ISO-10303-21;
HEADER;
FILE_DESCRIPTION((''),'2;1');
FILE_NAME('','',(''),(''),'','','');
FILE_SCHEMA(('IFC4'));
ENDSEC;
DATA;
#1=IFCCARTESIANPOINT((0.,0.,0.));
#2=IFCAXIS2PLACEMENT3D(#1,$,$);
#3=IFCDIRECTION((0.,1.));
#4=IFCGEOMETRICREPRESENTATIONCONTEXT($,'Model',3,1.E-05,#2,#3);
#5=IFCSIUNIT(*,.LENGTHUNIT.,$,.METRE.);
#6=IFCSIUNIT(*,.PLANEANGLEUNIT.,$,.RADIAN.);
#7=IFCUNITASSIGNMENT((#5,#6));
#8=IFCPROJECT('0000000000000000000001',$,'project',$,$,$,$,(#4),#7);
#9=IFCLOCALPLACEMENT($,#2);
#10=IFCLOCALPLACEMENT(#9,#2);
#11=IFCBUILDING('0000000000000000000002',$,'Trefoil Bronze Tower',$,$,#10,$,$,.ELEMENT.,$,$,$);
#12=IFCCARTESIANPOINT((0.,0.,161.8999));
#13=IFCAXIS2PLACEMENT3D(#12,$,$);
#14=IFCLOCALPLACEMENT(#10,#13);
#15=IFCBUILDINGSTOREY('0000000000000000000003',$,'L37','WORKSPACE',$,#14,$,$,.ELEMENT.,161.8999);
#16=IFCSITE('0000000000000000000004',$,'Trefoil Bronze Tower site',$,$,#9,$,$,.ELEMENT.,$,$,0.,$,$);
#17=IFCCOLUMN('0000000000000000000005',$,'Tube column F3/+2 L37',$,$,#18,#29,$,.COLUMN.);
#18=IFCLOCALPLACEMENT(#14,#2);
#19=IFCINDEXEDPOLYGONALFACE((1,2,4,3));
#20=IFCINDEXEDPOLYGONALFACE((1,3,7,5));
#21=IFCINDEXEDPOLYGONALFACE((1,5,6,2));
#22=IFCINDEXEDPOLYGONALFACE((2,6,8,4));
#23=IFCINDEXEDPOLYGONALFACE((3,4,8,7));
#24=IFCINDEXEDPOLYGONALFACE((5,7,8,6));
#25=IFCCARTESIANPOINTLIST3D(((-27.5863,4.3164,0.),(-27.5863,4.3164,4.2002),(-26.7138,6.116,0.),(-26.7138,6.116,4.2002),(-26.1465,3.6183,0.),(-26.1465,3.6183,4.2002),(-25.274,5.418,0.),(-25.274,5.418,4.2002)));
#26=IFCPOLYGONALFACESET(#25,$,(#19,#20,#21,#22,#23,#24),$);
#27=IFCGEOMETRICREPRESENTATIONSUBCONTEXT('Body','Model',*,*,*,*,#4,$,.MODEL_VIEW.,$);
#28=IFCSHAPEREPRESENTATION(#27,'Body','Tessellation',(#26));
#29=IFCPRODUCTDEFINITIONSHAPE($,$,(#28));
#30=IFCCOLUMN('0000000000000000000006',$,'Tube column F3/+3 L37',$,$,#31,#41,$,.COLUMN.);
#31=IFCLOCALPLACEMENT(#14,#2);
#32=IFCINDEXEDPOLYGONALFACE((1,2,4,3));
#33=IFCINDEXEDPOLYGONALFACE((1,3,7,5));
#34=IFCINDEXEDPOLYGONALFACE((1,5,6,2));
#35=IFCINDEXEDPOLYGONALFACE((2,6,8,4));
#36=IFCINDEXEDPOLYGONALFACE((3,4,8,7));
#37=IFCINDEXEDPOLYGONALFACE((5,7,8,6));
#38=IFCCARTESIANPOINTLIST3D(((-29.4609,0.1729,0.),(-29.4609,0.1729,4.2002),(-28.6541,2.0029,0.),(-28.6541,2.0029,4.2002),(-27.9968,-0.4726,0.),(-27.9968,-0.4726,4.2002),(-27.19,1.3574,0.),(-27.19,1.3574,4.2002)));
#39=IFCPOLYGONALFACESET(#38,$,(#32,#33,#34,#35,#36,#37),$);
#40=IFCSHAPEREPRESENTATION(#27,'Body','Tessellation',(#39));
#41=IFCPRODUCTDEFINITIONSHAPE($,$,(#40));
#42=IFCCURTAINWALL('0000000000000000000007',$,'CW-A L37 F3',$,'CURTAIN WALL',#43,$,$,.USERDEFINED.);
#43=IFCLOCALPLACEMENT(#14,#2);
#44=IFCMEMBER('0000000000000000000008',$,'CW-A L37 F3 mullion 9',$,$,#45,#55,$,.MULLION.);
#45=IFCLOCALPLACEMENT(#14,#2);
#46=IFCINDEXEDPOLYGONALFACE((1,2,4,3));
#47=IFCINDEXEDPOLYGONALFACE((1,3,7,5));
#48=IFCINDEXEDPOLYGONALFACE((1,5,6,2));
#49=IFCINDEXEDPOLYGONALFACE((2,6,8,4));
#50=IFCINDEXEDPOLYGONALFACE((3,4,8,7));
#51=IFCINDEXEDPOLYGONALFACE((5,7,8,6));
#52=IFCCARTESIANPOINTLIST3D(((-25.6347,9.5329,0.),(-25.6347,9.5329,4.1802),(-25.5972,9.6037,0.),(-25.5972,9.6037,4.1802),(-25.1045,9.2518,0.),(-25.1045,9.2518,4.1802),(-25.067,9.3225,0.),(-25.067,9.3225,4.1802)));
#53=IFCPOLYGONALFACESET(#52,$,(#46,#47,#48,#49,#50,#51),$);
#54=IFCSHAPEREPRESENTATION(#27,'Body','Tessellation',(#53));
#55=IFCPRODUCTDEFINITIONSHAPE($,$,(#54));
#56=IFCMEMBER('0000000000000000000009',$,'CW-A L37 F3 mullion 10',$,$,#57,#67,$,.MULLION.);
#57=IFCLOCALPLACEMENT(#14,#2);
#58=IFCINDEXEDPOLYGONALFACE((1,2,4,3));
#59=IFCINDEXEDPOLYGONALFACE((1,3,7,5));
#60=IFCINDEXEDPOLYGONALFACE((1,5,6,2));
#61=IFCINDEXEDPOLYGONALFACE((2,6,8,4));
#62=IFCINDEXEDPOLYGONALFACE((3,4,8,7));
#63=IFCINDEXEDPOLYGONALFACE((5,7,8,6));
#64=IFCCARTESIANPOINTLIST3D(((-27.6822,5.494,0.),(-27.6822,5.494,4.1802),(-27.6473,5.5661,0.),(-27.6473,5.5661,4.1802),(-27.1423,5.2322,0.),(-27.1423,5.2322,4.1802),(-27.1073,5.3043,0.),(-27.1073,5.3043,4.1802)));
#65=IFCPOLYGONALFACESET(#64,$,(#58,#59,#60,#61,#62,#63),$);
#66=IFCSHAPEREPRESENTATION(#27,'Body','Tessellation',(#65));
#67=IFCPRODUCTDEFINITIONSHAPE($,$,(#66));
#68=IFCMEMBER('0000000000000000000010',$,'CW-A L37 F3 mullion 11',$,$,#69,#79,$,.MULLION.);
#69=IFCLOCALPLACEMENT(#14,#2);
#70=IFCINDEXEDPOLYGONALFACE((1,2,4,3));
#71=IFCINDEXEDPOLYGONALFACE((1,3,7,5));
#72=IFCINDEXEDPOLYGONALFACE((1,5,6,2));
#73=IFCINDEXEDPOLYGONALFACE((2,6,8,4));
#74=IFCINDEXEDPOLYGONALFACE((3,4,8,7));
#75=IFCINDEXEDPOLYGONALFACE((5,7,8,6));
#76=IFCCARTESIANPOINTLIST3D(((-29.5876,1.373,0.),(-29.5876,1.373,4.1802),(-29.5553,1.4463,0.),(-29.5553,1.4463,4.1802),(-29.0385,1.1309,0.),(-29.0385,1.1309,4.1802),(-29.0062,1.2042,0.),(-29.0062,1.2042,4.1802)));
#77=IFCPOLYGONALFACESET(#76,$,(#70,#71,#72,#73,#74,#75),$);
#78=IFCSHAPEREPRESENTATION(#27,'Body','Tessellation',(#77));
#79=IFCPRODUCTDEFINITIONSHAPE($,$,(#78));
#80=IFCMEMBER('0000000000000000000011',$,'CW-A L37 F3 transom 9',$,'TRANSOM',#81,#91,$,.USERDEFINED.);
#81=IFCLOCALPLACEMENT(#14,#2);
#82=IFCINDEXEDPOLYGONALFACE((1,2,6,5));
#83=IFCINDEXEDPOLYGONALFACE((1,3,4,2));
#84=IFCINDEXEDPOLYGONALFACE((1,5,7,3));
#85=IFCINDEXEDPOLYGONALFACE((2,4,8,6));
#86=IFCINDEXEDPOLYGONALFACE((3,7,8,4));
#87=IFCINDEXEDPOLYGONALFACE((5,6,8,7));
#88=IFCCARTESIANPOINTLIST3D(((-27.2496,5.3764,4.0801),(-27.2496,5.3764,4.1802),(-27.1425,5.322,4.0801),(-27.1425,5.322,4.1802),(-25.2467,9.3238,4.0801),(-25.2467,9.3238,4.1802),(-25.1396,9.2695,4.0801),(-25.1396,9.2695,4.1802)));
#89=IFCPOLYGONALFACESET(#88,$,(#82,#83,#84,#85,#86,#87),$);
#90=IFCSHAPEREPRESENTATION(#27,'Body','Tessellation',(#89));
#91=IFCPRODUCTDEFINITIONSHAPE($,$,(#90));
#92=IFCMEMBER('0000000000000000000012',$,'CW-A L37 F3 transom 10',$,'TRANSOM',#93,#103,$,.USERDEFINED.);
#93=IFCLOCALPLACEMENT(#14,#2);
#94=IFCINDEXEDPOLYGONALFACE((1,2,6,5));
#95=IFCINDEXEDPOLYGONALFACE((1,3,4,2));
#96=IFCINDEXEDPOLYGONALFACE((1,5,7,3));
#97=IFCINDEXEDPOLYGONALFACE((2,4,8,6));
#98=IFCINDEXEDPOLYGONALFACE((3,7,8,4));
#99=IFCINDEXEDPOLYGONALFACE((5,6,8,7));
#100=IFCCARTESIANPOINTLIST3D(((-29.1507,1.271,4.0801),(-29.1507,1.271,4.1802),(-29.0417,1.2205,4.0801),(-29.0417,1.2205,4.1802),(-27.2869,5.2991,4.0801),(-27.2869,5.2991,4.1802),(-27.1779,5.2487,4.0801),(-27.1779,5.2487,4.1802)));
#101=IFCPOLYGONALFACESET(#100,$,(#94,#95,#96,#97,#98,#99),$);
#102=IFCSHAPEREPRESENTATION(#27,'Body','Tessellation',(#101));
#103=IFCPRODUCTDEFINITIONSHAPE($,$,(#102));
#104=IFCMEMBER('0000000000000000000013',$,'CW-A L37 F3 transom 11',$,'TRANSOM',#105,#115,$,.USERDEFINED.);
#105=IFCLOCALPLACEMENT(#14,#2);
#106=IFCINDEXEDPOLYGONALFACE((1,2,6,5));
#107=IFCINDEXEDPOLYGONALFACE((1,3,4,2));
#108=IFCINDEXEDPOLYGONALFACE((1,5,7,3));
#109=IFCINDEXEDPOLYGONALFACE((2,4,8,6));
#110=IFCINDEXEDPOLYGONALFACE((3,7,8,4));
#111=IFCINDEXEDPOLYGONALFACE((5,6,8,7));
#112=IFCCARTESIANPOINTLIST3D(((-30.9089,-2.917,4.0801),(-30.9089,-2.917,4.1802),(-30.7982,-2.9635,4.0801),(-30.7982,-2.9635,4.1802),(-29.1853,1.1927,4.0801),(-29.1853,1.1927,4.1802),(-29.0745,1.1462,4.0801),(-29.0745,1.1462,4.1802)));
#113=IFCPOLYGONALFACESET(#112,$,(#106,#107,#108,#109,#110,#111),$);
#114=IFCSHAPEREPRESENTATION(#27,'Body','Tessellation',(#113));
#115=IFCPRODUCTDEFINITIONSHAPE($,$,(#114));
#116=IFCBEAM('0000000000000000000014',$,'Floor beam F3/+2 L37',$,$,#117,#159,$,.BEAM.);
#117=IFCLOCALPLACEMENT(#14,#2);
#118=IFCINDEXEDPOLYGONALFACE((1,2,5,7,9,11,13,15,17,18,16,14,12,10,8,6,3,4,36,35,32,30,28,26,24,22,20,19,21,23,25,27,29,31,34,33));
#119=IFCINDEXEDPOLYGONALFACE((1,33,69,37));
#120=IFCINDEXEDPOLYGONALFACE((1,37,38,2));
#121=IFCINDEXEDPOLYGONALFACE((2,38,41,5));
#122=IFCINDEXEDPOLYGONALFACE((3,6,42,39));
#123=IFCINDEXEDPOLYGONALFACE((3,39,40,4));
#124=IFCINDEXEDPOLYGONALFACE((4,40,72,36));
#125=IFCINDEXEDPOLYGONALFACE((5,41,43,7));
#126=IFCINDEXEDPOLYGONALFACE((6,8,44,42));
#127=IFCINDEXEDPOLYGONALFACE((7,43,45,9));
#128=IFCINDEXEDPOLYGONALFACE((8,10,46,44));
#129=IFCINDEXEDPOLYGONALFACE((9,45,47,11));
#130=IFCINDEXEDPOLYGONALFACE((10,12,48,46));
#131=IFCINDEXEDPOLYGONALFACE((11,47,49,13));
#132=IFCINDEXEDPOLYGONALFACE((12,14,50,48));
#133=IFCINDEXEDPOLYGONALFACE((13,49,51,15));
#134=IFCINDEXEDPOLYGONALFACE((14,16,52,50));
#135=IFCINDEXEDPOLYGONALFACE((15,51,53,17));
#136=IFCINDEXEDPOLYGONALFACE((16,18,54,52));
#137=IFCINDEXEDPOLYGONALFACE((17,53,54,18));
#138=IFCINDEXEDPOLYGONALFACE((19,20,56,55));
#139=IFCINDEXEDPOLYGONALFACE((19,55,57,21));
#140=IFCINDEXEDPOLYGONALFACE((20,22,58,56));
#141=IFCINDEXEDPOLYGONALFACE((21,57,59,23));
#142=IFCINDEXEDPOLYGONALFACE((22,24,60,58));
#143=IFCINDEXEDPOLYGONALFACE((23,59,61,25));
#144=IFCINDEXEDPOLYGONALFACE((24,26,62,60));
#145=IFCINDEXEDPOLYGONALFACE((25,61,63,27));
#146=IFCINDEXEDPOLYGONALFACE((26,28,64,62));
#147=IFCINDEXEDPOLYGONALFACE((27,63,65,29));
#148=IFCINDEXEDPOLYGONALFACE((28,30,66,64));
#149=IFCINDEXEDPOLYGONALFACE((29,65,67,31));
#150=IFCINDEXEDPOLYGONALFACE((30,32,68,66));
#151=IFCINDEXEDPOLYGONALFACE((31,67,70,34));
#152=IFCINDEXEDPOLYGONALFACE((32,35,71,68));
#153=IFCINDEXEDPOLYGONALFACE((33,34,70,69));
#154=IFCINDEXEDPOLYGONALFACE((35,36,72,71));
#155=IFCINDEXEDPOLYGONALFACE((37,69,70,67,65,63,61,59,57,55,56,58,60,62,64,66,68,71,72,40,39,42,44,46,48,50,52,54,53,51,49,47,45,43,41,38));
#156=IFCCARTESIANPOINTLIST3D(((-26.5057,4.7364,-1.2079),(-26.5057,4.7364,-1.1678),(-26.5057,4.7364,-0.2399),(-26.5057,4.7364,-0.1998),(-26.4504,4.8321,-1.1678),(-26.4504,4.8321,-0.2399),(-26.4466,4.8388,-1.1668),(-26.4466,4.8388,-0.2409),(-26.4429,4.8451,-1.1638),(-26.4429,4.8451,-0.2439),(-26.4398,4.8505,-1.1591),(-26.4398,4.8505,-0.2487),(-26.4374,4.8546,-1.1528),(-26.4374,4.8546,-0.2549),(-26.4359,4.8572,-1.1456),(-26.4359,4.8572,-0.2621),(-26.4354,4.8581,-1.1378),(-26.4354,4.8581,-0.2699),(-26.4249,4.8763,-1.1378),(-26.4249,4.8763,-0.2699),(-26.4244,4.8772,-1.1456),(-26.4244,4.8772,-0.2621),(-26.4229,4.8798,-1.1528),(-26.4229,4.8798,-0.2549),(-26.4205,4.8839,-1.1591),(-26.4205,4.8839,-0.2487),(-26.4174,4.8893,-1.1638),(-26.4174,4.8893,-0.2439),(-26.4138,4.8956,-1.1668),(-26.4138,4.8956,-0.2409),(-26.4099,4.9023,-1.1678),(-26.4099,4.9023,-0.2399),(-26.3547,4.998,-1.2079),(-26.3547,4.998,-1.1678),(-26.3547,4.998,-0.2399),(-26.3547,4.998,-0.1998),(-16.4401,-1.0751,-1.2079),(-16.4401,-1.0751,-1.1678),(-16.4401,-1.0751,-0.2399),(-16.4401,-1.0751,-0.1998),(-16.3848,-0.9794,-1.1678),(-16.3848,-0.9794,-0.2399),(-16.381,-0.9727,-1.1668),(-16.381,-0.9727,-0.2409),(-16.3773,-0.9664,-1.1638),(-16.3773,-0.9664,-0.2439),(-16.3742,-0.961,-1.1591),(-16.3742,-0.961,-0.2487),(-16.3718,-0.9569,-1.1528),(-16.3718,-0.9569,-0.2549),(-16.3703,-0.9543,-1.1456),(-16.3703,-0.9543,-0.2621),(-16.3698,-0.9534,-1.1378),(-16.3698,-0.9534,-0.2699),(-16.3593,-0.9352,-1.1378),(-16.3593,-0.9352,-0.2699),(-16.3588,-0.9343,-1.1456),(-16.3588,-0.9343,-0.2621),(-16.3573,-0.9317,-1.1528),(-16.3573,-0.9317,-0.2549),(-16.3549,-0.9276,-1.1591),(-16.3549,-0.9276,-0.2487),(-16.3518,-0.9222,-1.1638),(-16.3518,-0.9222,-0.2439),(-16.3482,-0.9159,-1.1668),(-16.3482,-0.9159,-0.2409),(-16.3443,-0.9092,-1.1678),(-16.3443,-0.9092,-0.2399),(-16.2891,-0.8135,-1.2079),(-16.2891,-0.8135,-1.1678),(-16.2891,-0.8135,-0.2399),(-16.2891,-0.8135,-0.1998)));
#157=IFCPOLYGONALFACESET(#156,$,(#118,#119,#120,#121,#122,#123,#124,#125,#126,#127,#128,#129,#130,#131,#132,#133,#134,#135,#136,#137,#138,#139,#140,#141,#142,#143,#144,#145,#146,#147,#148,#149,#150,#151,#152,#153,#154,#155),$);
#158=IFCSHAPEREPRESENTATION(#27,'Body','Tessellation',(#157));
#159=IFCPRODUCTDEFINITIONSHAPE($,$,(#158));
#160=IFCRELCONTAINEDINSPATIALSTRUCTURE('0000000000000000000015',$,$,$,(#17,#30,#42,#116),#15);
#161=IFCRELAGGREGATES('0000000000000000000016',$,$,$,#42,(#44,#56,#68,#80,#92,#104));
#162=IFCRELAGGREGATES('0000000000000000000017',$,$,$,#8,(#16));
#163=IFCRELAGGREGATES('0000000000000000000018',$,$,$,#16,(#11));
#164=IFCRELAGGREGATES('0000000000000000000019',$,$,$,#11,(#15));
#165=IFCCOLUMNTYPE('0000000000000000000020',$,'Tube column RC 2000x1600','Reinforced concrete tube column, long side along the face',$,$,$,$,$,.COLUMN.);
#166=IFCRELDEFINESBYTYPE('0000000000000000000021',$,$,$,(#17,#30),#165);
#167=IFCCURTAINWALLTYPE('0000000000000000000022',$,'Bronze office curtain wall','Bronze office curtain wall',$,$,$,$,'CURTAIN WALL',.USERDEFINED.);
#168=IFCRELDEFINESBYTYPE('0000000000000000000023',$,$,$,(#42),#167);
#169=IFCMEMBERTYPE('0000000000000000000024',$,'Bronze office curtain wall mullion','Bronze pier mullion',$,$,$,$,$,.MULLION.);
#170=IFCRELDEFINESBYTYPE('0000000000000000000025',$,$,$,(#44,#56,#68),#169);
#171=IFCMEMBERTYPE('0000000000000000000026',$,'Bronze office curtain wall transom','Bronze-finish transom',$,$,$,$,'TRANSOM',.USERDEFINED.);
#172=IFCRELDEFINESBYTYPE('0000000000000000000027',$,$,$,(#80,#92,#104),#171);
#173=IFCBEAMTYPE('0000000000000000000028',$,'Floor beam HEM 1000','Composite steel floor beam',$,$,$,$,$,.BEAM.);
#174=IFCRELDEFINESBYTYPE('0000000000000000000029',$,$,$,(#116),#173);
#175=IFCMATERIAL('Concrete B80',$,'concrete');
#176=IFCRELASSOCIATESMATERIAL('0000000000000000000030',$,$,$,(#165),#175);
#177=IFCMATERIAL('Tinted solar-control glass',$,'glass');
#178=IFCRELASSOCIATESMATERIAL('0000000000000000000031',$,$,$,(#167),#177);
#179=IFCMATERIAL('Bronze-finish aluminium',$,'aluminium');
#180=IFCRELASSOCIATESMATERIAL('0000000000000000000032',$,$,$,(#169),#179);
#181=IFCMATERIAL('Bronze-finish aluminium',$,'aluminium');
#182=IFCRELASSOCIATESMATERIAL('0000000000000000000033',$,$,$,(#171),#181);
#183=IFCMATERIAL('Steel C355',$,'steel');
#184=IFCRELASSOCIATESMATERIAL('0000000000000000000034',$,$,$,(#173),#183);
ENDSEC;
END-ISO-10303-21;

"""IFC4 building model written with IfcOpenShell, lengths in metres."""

from ifc_helpers import new_model, si_unit, direction, frame, origin, origin_2d, place, context, subcontext, project, spatial, rectangle, i_section, extrude, material, material_profile, profile_set, type_object, element, aggregate, save


model = new_model("IFC4")

# Units and contexts
model_context = context("Model", 3, precision=1e-05, world=origin(), true_north=direction((0.0, 1.0)))
body_context = subcontext(model_context, "Body", "Model", "MODEL_VIEW")
ifc_project = project(units=[si_unit("LENGTHUNIT", "METRE"), si_unit("PLANEANGLEUNIT", "RADIAN")], contexts=[model_context])

# Site, building, storey
site_placement = place(None, origin())
site = spatial("IfcSite", under=ifc_project, at=site_placement, Name="Trefoil Bronze Tower site", CompositionType="ELEMENT", RefElevation=0.0)
building_placement = place(site_placement, origin())
building = spatial("IfcBuilding", under=site, at=building_placement, Name="Trefoil Bronze Tower", CompositionType="ELEMENT")
storey_placement = place(building_placement, frame((0.0, 0.0, 161.8999)))
storey = spatial("IfcBuildingStorey", under=building, at=storey_placement, Name="L37", Description="WORKSPACE", CompositionType="ELEMENT", Elevation=161.8999)

# Columns
ifc_material_1 = material(Name="Concrete B80", Category="concrete")
ifc_material_profile_1 = material_profile(ifc_material_1, rectangle(XDim=2.0, YDim=1.6001, at=origin_2d()), Name="RC 2000x1600")
ifc_profile_set_1 = profile_set([ifc_material_profile_1], Name="Concrete B80")
column_type = type_object("IfcColumnType", Name="Tube column RC 2000x1600", Description="Reinforced concrete tube column, long side along the face", PredefinedType="COLUMN", material=ifc_profile_set_1)
for number, where, z_axis, x_axis, name in (
    (1, (-26.4302, 4.8672, 0.0), (0.0, 0.0, 1.0), (-0.436262, -0.89982, 0.0), "Tube column F3/+2 L37"),
    (2, (-28.3254, 0.7651, 0.0), (0.0, 0.0, 1.0), (-0.403412, -0.915018, 0.0), "Tube column F3/+3 L37"),
):
    element("IfcColumn", number, at=place(storey_placement, frame(where, z_axis=z_axis, x_axis=x_axis)), inside=storey, type_object=column_type, Name=name, PredefinedType="COLUMN", context=body_context, shape_type="SweptSolid", body=[
        extrude(rectangle(XDim=2.0, YDim=1.6001, at=origin_2d()), origin(), (0.0, 0.0, 1.0), 4.2002),
    ])

# Curtain wall, members
ifc_material_2 = material(Name="Tinted solar-control glass", Category="glass")
curtain_wall_type = type_object("IfcCurtainWallType", Name="Bronze office curtain wall", Description="Bronze office curtain wall", ElementType="CURTAIN WALL", PredefinedType="USERDEFINED", material=ifc_material_2)
curtain_wall_placement = place(storey_placement, origin())
curtain_wall = element("IfcCurtainWall", 3, at=curtain_wall_placement, inside=storey, type_object=curtain_wall_type, Name="CW-A L37 F3", ObjectType="CURTAIN WALL", PredefinedType="USERDEFINED")
ifc_material_3 = material(Name="Bronze-finish aluminium", Category="aluminium")
ifc_material_profile_2 = material_profile(ifc_material_3, rectangle(XDim=0.6001, YDim=0.0801, at=origin_2d()), Name="CW-A mullion")
ifc_profile_set_2 = profile_set([ifc_material_profile_2], Name="Bronze-finish aluminium")
member_type_1 = type_object("IfcMemberType", Name="Bronze office curtain wall mullion", Description="Bronze pier mullion", PredefinedType="MULLION", material=ifc_profile_set_2)
member_1_placement = place(storey_placement, frame((-25.3508, 9.4277, 0.0), z_axis=(0.0, 0.0, 1.0), x_axis=(0.883486, -0.468457, 0.0)))
member_1 = element("IfcMember", 4, at=member_1_placement, type_object=member_type_1, Name="CW-A L37 F3 mullion 9", PredefinedType="MULLION", context=body_context, shape_type="SweptSolid", body=[
    extrude(rectangle(XDim=0.6001, YDim=0.0801, at=origin_2d()), origin(), (0.0, 0.0, 1.0), 4.1802),
])
member_2_placement = place(storey_placement, frame((-27.3948, 5.3992, 0.0), z_axis=(0.0, 0.0, 1.0), x_axis=(0.89982, -0.436262, 0.0)))
member_2 = element("IfcMember", 5, at=member_2_placement, type_object=member_type_1, Name="CW-A L37 F3 mullion 10", PredefinedType="MULLION", context=body_context, shape_type="SweptSolid", body=[
    extrude(rectangle(XDim=0.6001, YDim=0.0801, at=origin_2d()), origin(), (0.0, 0.0, 1.0), 4.1802),
])
member_3_placement = place(storey_placement, frame((-29.2969, 1.2886, 0.0), z_axis=(0.0, 0.0, 1.0), x_axis=(0.915018, -0.403412, 0.0)))
member_3 = element("IfcMember", 6, at=member_3_placement, type_object=member_type_1, Name="CW-A L37 F3 mullion 11", PredefinedType="MULLION", context=body_context, shape_type="SweptSolid", body=[
    extrude(rectangle(XDim=0.6001, YDim=0.0801, at=origin_2d()), origin(), (0.0, 0.0, 1.0), 4.1802),
])
ifc_material_4 = material(Name="Bronze-finish aluminium", Category="aluminium")
ifc_material_profile_3 = material_profile(ifc_material_4, rectangle(XDim=0.1201, YDim=0.1001, at=origin_2d()), Name="CW-A transom")
ifc_profile_set_3 = profile_set([ifc_material_profile_3], Name="Bronze-finish aluminium")
member_type_2 = type_object("IfcMemberType", Name="Bronze office curtain wall transom", Description="Bronze-finish transom", ElementType="TRANSOM", PredefinedType="USERDEFINED", material=ifc_profile_set_3)
member_4_placement = place(storey_placement, frame((-25.1931, 9.2966, 4.1301), z_axis=(-0.452478, -0.891775, 0.0), x_axis=(0.891775, -0.452478, 0.0)))
member_4 = element("IfcMember", 7, at=member_4_placement, type_object=member_type_2, Name="CW-A L37 F3 transom 9", ObjectType="TRANSOM", PredefinedType="USERDEFINED", context=body_context, shape_type="SweptSolid", body=[
    extrude(rectangle(XDim=0.1201, YDim=0.1001, at=origin_2d()), origin(), (0.0, 0.0, 1.0), 4.4265),
])
member_5_placement = place(storey_placement, frame((-27.2324, 5.2739, 4.1301), z_axis=(-0.419923, -0.90756, 0.0), x_axis=(0.90756, -0.419923, 0.0)))
member_5 = element("IfcMember", 8, at=member_5_placement, type_object=member_type_2, Name="CW-A L37 F3 transom 10", ObjectType="TRANSOM", PredefinedType="USERDEFINED", context=body_context, shape_type="SweptSolid", body=[
    extrude(rectangle(XDim=0.1201, YDim=0.1001, at=origin_2d()), origin(), (0.0, 0.0, 1.0), 4.4385),
])
member_6_placement = place(storey_placement, frame((-29.1299, 1.1694, 4.1301), z_axis=(-0.386773, -0.922175, 0.0), x_axis=(0.922175, -0.386773, 0.0)))
member_6 = element("IfcMember", 9, at=member_6_placement, type_object=member_type_2, Name="CW-A L37 F3 transom 11", ObjectType="TRANSOM", PredefinedType="USERDEFINED", context=body_context, shape_type="SweptSolid", body=[
    extrude(rectangle(XDim=0.1201, YDim=0.1001, at=origin_2d()), origin(), (0.0, 0.0, 1.0), 4.4565),
])

# Beam
ifc_material_5 = material(Name="Steel C355", Category="steel")
ifc_material_profile_4 = material_profile(ifc_material_5, i_section(OverallWidth=0.302, OverallDepth=1.0081, WebThickness=0.021, FlangeThickness=0.04, FilletRadius=0.03, at=origin_2d()), Name="HEM 1000")
ifc_profile_set_4 = profile_set([ifc_material_profile_4], Name="Steel C355")
beam_type_1 = type_object("IfcBeamType", Name="Floor beam HEM 1000", Description="Composite steel floor beam", PredefinedType="BEAM", material=ifc_profile_set_4)
beam_1_placement = place(storey_placement, frame((-26.4302, 4.8672, -0.7039), z_axis=(0.866022, -0.500007, 0.0), x_axis=(0.500007, 0.866022, 0.0)))
element("IfcBeam", 10, at=beam_1_placement, inside=storey, type_object=beam_type_1, Name="Floor beam F3/+2 L37", PredefinedType="BEAM", context=body_context, shape_type="SweptSolid", body=[
    extrude(i_section(OverallWidth=0.302, OverallDepth=1.0081, WebThickness=0.021, FlangeThickness=0.04, FilletRadius=0.03, at=origin_2d()), origin(), (0.0, 0.0, 1.0), 11.6228),
])

aggregate(curtain_wall, [member_1, member_2, member_3, member_4, member_5, member_6])

save(model, "model.ifc")
